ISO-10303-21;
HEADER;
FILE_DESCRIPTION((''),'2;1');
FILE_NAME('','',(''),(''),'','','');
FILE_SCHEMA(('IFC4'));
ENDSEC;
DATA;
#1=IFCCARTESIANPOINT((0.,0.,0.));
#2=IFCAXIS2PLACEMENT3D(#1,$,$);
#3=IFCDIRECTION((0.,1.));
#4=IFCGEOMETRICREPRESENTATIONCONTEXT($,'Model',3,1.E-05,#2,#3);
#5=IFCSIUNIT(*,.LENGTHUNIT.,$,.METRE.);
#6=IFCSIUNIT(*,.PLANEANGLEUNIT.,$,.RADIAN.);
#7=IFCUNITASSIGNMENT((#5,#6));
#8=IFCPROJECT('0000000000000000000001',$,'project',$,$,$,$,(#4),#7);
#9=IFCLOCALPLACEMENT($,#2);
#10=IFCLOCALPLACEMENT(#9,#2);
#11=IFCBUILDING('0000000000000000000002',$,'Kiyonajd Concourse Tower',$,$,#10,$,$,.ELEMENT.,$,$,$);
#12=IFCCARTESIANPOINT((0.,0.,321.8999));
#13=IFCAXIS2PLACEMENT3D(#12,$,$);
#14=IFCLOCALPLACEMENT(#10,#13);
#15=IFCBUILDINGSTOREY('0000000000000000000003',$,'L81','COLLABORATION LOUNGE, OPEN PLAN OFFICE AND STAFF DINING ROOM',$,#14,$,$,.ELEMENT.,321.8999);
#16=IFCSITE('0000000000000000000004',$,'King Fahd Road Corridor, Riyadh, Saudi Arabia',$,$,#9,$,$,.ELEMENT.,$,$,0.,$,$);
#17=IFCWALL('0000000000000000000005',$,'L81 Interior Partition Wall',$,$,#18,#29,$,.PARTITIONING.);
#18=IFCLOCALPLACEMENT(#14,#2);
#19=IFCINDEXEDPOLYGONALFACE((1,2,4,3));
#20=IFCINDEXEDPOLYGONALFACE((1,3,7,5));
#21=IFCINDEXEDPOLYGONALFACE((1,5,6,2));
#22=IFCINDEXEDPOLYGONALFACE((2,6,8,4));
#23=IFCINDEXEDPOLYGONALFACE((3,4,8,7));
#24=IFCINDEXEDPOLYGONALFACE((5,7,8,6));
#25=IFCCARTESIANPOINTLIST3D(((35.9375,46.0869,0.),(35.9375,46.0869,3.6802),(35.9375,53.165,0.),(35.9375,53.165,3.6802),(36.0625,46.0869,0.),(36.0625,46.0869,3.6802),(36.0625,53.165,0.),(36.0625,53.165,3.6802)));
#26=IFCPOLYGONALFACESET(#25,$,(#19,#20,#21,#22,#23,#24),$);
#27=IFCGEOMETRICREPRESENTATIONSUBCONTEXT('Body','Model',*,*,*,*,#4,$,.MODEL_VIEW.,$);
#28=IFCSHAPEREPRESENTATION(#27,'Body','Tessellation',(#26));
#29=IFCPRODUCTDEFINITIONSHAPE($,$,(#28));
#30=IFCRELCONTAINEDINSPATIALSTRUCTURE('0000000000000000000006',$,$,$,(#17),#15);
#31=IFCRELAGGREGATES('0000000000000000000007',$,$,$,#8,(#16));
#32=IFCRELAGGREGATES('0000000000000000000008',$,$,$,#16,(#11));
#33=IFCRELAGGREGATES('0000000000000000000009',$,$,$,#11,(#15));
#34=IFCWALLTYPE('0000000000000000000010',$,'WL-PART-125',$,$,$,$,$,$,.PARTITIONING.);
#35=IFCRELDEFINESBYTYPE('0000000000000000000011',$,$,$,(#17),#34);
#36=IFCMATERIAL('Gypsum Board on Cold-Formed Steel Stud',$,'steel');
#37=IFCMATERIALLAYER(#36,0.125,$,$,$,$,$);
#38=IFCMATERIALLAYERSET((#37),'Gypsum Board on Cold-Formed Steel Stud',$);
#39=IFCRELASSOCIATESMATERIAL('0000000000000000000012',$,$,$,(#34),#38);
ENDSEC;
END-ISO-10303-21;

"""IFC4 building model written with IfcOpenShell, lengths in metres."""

from ifc_helpers import new_model, si_unit, direction, frame, frame_2d, origin, place, context, subcontext, project, spatial, rectangle, extrude, material, layer, layer_set, type_object, element, save


model = new_model("IFC4")

# Units and contexts
model_context = context("Model", 3, precision=1e-05, world=origin(), true_north=direction((0.0, 1.0)))
body_context = subcontext(model_context, "Body", "Model", "MODEL_VIEW")
ifc_project = project(units=[si_unit("LENGTHUNIT", "METRE"), si_unit("PLANEANGLEUNIT", "RADIAN")], contexts=[model_context])

# Site, building, storey
site_placement = place(None, origin())
site = spatial("IfcSite", under=ifc_project, at=site_placement, Name="King Fahd Road Corridor, Riyadh, Saudi Arabia", CompositionType="ELEMENT", RefElevation=0.0)
building_placement = place(site_placement, origin())
building = spatial("IfcBuilding", under=site, at=building_placement, Name="Kiyonajd Concourse Tower", CompositionType="ELEMENT")
storey_placement = place(building_placement, frame((0.0, 0.0, 321.8999)))
storey = spatial("IfcBuildingStorey", under=building, at=storey_placement, Name="L81", Description="COLLABORATION LOUNGE, OPEN PLAN OFFICE AND STAFF DINING ROOM", CompositionType="ELEMENT", Elevation=321.8999)

# Wall
ifc_material_1 = material(Name="Gypsum Board on Cold-Formed Steel Stud", Category="steel")
ifc_layer_1 = layer(ifc_material_1, 0.125)
ifc_layer_set_1 = layer_set([ifc_layer_1], Name="Gypsum Board on Cold-Formed Steel Stud")
wall_type_1 = type_object("IfcWallType", Name="WL-PART-125", PredefinedType="PARTITIONING", material=ifc_layer_set_1)
wall_1_placement = place(storey_placement, frame((36.0, 46.0869, 0.0), z_axis=(0.0, 0.0, 1.0), x_axis=(0.0, 1.0, 0.0)))
element("IfcWall", 1, at=wall_1_placement, inside=storey, type_object=wall_type_1, Name="L81 Interior Partition Wall", PredefinedType="PARTITIONING", context=body_context, shape_type="SweptSolid", body=[
    extrude(rectangle(XDim=7.0781, YDim=0.125, at=frame_2d((3.5391, 0.0))), origin(), (0.0, 0.0, 1.0), 3.6802),
])

save(model, "model.ifc")
